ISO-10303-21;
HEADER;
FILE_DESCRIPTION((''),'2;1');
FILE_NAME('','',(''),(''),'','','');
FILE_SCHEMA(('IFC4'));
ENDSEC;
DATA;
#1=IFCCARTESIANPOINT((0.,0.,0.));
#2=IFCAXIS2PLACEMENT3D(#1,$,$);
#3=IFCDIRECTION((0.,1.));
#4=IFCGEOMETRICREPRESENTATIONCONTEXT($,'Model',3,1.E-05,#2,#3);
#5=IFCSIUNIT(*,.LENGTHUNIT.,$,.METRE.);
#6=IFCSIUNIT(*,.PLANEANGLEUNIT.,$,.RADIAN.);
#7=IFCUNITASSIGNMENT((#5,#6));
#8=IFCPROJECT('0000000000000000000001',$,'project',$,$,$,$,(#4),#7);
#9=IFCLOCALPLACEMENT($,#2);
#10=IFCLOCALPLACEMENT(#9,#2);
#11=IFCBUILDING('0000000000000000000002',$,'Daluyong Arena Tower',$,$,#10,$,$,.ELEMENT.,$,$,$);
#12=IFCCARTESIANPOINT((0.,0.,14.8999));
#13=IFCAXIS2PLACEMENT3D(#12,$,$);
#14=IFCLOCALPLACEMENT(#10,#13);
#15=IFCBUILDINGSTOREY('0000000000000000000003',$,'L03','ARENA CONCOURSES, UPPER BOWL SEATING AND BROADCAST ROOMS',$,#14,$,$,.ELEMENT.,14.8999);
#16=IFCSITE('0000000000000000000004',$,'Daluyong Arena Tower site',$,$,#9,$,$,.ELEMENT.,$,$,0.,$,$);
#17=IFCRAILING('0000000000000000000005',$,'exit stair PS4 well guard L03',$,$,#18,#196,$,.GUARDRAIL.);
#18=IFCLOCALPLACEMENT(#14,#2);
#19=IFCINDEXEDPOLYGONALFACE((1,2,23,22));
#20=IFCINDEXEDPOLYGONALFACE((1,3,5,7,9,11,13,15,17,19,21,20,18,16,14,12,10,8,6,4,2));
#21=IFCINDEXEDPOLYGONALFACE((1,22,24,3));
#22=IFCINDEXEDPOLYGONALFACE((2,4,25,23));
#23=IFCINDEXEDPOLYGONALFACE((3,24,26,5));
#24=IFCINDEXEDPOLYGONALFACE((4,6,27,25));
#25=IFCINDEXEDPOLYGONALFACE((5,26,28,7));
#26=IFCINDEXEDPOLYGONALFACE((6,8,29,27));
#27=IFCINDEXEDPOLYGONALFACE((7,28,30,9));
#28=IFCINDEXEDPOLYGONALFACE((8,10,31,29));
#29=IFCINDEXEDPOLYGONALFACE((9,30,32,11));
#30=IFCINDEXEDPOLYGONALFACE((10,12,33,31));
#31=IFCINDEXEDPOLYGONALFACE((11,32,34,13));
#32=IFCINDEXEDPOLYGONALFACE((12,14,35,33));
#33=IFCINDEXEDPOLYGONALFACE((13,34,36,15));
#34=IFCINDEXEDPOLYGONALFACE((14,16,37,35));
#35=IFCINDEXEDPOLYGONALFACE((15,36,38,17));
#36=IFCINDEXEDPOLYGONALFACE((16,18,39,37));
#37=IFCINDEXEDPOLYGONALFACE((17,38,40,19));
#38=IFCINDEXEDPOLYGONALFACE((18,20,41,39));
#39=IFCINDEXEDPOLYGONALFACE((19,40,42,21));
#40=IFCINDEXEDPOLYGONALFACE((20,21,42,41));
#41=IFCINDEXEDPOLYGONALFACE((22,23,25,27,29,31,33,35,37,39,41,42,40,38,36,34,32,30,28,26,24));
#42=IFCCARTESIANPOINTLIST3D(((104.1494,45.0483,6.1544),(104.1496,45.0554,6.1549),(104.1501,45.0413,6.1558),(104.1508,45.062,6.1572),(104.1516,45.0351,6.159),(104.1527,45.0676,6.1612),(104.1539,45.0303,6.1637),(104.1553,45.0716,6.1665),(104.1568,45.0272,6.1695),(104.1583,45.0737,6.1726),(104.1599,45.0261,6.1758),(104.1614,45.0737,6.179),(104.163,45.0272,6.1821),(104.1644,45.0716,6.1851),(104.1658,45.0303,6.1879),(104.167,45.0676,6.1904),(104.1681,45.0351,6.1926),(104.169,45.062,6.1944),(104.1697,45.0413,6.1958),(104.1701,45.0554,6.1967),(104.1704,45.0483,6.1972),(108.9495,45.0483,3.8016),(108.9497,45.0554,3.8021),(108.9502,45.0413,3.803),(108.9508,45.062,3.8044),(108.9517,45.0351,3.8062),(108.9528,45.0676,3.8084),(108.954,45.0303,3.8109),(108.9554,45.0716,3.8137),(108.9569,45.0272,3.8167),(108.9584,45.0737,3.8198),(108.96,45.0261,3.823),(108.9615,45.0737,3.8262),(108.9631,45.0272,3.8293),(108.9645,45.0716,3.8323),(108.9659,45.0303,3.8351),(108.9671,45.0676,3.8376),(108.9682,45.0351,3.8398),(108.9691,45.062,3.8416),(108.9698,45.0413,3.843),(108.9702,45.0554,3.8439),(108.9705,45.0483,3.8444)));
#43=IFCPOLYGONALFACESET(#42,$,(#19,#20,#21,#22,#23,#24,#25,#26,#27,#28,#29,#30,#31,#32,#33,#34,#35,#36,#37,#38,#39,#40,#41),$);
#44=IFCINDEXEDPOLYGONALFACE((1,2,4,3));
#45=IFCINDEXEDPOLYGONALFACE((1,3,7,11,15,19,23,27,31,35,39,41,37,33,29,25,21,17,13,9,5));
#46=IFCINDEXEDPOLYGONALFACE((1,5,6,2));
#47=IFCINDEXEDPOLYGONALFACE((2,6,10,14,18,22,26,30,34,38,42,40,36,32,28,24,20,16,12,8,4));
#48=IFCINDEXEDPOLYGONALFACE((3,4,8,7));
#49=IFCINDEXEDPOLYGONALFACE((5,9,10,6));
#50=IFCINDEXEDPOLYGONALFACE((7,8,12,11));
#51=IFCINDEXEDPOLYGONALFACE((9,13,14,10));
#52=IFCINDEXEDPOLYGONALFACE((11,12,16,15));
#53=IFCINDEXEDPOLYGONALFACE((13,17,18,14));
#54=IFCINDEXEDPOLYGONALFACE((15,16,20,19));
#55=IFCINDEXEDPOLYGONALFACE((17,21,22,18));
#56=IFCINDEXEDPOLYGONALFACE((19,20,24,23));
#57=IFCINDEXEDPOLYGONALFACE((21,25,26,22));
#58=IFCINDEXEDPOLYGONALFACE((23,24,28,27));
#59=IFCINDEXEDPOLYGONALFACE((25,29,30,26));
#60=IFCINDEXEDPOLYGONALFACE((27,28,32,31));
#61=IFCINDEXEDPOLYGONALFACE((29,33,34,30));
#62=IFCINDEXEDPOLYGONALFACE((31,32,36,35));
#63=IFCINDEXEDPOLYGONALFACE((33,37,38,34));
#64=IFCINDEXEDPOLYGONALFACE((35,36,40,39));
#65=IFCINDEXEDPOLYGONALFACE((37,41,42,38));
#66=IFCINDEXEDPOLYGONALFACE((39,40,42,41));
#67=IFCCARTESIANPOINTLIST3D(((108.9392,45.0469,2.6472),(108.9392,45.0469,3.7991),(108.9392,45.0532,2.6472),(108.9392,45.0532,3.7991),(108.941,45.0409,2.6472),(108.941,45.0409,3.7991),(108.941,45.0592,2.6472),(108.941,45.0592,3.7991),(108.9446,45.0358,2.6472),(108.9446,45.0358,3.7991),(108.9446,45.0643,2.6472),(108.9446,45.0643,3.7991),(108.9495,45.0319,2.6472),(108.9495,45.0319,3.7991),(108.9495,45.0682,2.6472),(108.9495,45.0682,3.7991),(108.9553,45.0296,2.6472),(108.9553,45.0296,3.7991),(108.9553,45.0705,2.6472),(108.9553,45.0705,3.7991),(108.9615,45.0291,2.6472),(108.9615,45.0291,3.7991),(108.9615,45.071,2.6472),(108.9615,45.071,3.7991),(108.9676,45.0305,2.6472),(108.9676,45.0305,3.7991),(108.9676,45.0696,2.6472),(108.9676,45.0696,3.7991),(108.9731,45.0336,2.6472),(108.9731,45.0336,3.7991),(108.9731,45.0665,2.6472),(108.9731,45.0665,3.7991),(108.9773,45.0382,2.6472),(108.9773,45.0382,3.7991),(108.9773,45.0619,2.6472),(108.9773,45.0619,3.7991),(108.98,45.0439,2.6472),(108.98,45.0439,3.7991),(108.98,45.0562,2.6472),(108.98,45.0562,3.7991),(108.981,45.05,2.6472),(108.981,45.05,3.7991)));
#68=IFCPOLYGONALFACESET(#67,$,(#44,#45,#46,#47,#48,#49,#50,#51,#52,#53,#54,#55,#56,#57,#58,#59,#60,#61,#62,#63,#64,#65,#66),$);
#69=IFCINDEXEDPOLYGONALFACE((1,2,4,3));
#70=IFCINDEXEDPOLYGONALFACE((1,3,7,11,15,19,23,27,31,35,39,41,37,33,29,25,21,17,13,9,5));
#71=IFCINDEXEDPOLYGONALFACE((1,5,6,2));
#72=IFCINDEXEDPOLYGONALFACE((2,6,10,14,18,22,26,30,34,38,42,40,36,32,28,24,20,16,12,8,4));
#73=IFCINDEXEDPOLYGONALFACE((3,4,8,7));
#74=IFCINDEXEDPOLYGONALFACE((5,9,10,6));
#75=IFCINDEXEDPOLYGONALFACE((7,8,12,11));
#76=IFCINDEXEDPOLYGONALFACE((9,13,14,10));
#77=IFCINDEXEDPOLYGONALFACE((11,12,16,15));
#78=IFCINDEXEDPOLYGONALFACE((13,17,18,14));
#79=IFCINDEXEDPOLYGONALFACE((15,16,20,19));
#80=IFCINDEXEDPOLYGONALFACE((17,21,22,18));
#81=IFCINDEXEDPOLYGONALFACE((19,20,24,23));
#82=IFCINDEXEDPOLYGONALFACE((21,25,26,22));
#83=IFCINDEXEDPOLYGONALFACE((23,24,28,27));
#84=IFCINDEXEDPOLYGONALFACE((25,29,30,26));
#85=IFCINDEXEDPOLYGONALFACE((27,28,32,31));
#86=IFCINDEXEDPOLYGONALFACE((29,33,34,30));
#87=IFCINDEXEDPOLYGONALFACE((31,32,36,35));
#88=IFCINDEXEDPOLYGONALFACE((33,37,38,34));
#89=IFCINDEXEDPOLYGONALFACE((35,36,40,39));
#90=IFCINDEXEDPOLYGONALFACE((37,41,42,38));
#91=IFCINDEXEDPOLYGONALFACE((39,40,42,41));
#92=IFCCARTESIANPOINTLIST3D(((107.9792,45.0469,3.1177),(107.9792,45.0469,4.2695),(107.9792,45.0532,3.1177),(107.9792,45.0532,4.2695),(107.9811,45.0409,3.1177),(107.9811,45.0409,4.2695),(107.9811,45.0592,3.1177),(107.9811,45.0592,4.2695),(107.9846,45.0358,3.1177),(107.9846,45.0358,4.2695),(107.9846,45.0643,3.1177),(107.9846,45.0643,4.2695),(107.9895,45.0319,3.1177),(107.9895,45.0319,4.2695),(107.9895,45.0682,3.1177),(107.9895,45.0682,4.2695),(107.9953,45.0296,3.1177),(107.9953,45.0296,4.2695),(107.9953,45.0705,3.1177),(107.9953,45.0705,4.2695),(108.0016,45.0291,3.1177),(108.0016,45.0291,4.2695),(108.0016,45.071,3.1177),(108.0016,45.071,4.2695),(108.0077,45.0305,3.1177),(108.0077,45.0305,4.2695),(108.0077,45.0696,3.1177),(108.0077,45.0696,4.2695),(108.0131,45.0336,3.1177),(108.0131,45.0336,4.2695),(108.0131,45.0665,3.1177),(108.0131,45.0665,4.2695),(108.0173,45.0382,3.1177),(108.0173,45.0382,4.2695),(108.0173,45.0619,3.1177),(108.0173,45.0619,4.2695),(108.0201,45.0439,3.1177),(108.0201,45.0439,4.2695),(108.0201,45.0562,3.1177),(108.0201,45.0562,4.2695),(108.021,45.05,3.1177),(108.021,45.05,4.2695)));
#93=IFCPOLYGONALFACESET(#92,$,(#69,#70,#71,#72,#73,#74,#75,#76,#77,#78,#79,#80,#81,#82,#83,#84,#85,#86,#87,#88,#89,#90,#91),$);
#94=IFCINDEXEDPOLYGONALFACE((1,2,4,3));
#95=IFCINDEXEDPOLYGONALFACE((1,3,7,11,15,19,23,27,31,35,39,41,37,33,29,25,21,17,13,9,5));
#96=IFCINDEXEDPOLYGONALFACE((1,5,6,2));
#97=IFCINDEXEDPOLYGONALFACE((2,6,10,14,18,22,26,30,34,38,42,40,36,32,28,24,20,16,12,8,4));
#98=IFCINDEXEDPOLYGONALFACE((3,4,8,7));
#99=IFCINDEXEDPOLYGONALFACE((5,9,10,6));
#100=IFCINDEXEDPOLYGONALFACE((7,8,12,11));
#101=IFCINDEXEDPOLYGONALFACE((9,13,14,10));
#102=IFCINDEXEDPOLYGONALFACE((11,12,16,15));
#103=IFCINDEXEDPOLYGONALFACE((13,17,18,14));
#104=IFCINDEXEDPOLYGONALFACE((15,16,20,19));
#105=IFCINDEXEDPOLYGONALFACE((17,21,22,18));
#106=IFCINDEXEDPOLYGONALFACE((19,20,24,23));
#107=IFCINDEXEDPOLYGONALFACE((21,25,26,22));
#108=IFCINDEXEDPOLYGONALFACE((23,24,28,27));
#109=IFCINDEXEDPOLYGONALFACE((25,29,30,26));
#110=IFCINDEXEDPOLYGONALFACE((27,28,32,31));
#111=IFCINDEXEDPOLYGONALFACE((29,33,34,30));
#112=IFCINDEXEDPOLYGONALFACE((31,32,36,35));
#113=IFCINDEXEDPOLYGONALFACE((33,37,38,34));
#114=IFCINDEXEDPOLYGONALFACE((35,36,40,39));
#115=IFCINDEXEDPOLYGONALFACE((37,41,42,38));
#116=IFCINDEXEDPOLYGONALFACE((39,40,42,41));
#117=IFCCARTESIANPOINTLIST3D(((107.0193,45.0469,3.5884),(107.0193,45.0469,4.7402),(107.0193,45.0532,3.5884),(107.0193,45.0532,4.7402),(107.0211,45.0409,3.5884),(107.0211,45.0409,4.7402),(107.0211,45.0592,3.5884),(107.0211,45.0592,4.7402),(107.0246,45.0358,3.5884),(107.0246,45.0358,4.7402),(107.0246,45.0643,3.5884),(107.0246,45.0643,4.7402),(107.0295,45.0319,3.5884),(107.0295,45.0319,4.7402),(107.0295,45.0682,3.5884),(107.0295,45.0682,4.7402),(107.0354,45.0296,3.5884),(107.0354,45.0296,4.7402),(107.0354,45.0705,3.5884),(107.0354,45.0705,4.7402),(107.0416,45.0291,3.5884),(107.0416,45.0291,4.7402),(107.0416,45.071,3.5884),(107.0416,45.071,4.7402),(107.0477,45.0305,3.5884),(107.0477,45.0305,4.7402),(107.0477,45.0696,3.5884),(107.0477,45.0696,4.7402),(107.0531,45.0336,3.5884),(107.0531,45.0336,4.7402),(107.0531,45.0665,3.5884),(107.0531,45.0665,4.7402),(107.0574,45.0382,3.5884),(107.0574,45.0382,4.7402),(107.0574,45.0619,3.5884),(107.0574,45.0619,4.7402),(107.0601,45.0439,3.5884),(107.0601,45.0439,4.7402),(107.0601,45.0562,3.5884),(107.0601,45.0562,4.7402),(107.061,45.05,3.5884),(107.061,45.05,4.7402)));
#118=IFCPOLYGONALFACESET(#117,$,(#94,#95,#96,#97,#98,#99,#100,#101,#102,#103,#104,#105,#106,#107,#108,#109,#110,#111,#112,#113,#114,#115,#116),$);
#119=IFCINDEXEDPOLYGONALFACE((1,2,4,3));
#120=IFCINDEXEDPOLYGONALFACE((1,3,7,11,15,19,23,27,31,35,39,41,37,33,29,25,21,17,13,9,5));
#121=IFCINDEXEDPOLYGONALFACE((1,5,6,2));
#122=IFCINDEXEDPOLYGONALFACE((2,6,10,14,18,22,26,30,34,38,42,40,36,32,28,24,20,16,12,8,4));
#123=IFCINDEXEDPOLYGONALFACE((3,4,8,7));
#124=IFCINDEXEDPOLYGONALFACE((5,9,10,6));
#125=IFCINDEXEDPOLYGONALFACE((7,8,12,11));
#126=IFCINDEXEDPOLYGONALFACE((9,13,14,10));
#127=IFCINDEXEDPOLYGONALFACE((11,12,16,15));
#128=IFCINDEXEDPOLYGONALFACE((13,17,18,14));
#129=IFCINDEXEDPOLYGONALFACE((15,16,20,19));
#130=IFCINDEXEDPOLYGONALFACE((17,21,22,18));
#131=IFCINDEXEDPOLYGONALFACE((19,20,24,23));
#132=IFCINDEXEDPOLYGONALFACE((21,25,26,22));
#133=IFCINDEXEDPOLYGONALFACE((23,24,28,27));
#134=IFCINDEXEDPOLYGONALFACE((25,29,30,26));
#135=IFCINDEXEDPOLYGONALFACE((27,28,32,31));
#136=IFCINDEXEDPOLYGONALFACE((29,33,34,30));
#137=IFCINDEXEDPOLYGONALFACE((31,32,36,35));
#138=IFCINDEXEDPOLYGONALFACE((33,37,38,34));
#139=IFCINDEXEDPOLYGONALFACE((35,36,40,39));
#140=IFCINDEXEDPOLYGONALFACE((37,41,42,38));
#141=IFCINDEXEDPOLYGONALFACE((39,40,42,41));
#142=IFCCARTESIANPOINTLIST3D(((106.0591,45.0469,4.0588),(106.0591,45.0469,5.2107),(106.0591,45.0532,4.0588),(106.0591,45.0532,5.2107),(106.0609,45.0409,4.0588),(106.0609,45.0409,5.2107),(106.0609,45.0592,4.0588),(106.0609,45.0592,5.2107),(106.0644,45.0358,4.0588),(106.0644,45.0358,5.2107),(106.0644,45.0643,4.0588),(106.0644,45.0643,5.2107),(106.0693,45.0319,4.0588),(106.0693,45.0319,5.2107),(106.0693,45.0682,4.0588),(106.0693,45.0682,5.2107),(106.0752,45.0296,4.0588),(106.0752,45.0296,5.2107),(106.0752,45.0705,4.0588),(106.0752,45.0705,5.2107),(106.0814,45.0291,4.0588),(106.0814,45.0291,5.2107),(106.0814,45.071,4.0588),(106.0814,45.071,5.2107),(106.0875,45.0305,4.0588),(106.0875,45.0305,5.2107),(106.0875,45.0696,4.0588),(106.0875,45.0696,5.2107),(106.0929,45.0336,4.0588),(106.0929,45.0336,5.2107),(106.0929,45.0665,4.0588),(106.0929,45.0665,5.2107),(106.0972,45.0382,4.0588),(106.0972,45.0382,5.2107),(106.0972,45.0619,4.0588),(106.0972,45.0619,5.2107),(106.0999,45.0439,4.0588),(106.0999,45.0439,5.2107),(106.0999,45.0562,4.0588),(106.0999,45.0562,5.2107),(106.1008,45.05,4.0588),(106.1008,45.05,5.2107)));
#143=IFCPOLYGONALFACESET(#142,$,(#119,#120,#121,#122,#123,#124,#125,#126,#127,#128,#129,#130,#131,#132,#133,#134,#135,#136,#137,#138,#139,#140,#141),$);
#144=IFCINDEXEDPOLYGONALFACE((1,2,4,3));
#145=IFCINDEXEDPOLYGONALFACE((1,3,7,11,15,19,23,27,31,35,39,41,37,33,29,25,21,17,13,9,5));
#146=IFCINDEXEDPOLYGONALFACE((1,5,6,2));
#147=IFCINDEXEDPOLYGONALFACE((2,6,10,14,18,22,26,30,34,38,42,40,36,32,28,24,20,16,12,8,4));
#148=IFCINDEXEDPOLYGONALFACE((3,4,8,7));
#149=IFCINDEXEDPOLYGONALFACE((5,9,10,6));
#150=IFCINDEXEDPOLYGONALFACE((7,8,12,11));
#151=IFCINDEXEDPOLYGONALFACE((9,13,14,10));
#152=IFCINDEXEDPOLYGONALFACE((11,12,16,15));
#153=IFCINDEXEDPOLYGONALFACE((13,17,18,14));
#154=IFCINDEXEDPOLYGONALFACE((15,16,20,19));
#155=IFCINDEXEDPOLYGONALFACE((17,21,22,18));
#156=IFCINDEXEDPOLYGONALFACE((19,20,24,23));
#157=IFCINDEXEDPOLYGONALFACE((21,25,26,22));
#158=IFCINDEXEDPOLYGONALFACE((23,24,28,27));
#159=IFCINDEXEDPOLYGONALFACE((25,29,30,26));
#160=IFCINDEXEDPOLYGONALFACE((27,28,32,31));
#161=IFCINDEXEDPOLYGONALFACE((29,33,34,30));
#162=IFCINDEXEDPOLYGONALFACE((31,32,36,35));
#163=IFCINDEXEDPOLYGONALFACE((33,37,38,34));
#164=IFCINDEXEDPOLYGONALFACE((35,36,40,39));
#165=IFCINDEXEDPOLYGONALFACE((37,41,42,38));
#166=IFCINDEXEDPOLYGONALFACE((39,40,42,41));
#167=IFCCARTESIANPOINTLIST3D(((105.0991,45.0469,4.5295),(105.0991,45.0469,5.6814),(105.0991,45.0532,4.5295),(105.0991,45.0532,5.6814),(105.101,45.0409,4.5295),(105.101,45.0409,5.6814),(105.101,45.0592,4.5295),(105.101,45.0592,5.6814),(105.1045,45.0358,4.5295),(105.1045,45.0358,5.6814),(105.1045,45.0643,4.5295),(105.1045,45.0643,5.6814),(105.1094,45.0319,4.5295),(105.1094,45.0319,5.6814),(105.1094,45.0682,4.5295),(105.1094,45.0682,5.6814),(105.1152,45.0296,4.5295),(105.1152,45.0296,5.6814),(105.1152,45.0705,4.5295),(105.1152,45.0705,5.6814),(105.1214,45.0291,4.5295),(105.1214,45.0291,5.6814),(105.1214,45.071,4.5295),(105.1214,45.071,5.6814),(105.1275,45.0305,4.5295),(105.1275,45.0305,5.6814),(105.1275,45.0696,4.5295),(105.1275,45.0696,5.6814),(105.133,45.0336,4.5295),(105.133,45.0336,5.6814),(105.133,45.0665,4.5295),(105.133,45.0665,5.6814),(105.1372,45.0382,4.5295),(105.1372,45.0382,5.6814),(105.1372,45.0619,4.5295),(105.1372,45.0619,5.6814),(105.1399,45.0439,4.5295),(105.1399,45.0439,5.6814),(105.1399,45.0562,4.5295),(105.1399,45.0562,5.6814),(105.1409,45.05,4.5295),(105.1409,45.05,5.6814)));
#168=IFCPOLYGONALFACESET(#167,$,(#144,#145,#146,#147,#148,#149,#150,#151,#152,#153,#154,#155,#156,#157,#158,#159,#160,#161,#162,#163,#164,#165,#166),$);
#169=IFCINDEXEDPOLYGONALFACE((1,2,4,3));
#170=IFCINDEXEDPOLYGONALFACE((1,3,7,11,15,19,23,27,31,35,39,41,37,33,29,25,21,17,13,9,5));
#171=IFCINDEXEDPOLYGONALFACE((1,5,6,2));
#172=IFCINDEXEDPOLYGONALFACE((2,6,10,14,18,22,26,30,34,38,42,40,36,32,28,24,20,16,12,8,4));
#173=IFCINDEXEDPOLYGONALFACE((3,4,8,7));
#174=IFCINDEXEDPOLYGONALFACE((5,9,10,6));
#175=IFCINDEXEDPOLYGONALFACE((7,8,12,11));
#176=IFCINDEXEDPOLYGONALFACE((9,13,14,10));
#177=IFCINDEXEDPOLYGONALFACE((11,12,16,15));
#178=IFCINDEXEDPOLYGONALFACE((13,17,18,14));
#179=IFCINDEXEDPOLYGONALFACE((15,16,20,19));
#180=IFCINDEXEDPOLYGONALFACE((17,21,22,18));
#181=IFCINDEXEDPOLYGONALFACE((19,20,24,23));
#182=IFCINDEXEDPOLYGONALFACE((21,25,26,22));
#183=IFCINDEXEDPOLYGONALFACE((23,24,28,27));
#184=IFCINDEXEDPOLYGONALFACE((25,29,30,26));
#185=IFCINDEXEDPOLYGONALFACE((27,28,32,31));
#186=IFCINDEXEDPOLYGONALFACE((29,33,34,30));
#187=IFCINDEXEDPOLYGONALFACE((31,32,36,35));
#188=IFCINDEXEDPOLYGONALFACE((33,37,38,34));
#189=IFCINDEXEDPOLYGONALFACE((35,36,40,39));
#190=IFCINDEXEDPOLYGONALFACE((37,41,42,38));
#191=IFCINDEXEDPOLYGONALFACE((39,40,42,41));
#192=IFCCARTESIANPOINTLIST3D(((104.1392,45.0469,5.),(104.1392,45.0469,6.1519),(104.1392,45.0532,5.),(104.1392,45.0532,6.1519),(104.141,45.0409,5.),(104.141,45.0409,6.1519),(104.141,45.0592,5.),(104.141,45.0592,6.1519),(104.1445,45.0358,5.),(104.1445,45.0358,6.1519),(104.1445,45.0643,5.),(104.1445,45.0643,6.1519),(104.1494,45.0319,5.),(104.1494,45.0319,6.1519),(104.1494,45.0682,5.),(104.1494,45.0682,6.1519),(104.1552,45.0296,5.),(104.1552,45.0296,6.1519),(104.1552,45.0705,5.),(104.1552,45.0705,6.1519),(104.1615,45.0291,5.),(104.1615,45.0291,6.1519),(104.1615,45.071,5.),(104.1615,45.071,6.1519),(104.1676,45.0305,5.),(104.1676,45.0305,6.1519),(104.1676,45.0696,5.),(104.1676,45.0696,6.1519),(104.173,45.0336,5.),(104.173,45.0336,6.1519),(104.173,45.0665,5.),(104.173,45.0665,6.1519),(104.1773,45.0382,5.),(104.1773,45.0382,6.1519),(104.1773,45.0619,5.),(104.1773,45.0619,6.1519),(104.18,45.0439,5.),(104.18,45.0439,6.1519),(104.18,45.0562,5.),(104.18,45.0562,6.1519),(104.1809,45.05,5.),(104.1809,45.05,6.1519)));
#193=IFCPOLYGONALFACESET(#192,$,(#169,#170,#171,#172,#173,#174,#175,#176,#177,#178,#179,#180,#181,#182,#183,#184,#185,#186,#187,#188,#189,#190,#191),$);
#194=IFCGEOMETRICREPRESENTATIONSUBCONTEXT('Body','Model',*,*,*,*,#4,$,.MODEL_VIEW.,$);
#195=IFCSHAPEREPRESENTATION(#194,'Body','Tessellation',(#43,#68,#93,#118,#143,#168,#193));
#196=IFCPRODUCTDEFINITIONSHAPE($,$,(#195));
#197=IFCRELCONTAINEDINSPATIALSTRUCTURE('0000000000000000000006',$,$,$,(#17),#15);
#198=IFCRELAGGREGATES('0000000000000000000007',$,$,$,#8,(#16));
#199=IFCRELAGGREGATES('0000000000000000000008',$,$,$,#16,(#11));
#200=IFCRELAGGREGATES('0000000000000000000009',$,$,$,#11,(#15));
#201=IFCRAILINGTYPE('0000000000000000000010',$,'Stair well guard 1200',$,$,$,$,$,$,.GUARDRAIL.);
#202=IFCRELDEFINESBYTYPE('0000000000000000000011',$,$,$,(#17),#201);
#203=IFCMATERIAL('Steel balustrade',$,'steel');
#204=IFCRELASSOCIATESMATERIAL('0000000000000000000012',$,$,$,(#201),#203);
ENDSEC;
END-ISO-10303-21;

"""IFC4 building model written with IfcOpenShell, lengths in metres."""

from ifc_helpers import new_model, si_unit, direction, frame, origin, origin_2d, place, context, subcontext, project, spatial, circle, extrude, material, type_object, element, save


model = new_model("IFC4")

# Units and contexts
model_context = context("Model", 3, precision=1e-05, world=origin(), true_north=direction((0.0, 1.0)))
body_context = subcontext(model_context, "Body", "Model", "MODEL_VIEW")
ifc_project = project(units=[si_unit("LENGTHUNIT", "METRE"), si_unit("PLANEANGLEUNIT", "RADIAN")], contexts=[model_context])

# Site, building, storey
site_placement = place(None, origin())
site = spatial("IfcSite", under=ifc_project, at=site_placement, Name="Daluyong Arena Tower site", CompositionType="ELEMENT", RefElevation=0.0)
building_placement = place(site_placement, origin())
building = spatial("IfcBuilding", under=site, at=building_placement, Name="Daluyong Arena Tower", CompositionType="ELEMENT")
storey_placement = place(building_placement, frame((0.0, 0.0, 14.8999)))
storey = spatial("IfcBuildingStorey", under=building, at=storey_placement, Name="L03", Description="ARENA CONCOURSES, UPPER BOWL SEATING AND BROADCAST ROOMS", CompositionType="ELEMENT", Elevation=14.8999)

# Railing
ifc_material_1 = material(Name="Steel balustrade", Category="steel")
railing_type_1 = type_object("IfcRailingType", Name="Stair well guard 1200", PredefinedType="GUARDRAIL", material=ifc_material_1)
railing_1_placement = place(storey_placement, frame((108.96, 45.05, 2.6472)))
element("IfcRailing", 1, at=railing_1_placement, inside=storey, type_object=railing_type_1, Name="exit stair PS4 well guard L03", PredefinedType="GUARDRAIL", context=body_context, shape_type="SweptSolid", body=[
    extrude(circle(Radius=0.0239, at=origin_2d()), frame((0.0, 0.0, 1.1758), z_axis=(-0.897934, 0.0, 0.44013), x_axis=(0.0, -1.0, 0.0)), (0.0, 0.0, 1.0), 5.3457),
    extrude(circle(Radius=0.021, at=origin_2d()), origin(), (0.0, 0.0, 1.0), 1.1519),
    extrude(circle(Radius=0.021, at=origin_2d()), frame((-0.96, 0.0, 0.4705)), (0.0, 0.0, 1.0), 1.1519),
    extrude(circle(Radius=0.021, at=origin_2d()), frame((-1.9199, 0.0, 0.9412)), (0.0, 0.0, 1.0), 1.1519),
    extrude(circle(Radius=0.021, at=origin_2d()), frame((-2.8801, 0.0, 1.4116)), (0.0, 0.0, 1.0), 1.1519),
    extrude(circle(Radius=0.021, at=origin_2d()), frame((-3.8401, 0.0, 1.8823)), (0.0, 0.0, 1.0), 1.1519),
    extrude(circle(Radius=0.021, at=origin_2d()), frame((-4.8, 0.0, 2.3528)), (0.0, 0.0, 1.0), 1.1519),
])

save(model, "model.ifc")
